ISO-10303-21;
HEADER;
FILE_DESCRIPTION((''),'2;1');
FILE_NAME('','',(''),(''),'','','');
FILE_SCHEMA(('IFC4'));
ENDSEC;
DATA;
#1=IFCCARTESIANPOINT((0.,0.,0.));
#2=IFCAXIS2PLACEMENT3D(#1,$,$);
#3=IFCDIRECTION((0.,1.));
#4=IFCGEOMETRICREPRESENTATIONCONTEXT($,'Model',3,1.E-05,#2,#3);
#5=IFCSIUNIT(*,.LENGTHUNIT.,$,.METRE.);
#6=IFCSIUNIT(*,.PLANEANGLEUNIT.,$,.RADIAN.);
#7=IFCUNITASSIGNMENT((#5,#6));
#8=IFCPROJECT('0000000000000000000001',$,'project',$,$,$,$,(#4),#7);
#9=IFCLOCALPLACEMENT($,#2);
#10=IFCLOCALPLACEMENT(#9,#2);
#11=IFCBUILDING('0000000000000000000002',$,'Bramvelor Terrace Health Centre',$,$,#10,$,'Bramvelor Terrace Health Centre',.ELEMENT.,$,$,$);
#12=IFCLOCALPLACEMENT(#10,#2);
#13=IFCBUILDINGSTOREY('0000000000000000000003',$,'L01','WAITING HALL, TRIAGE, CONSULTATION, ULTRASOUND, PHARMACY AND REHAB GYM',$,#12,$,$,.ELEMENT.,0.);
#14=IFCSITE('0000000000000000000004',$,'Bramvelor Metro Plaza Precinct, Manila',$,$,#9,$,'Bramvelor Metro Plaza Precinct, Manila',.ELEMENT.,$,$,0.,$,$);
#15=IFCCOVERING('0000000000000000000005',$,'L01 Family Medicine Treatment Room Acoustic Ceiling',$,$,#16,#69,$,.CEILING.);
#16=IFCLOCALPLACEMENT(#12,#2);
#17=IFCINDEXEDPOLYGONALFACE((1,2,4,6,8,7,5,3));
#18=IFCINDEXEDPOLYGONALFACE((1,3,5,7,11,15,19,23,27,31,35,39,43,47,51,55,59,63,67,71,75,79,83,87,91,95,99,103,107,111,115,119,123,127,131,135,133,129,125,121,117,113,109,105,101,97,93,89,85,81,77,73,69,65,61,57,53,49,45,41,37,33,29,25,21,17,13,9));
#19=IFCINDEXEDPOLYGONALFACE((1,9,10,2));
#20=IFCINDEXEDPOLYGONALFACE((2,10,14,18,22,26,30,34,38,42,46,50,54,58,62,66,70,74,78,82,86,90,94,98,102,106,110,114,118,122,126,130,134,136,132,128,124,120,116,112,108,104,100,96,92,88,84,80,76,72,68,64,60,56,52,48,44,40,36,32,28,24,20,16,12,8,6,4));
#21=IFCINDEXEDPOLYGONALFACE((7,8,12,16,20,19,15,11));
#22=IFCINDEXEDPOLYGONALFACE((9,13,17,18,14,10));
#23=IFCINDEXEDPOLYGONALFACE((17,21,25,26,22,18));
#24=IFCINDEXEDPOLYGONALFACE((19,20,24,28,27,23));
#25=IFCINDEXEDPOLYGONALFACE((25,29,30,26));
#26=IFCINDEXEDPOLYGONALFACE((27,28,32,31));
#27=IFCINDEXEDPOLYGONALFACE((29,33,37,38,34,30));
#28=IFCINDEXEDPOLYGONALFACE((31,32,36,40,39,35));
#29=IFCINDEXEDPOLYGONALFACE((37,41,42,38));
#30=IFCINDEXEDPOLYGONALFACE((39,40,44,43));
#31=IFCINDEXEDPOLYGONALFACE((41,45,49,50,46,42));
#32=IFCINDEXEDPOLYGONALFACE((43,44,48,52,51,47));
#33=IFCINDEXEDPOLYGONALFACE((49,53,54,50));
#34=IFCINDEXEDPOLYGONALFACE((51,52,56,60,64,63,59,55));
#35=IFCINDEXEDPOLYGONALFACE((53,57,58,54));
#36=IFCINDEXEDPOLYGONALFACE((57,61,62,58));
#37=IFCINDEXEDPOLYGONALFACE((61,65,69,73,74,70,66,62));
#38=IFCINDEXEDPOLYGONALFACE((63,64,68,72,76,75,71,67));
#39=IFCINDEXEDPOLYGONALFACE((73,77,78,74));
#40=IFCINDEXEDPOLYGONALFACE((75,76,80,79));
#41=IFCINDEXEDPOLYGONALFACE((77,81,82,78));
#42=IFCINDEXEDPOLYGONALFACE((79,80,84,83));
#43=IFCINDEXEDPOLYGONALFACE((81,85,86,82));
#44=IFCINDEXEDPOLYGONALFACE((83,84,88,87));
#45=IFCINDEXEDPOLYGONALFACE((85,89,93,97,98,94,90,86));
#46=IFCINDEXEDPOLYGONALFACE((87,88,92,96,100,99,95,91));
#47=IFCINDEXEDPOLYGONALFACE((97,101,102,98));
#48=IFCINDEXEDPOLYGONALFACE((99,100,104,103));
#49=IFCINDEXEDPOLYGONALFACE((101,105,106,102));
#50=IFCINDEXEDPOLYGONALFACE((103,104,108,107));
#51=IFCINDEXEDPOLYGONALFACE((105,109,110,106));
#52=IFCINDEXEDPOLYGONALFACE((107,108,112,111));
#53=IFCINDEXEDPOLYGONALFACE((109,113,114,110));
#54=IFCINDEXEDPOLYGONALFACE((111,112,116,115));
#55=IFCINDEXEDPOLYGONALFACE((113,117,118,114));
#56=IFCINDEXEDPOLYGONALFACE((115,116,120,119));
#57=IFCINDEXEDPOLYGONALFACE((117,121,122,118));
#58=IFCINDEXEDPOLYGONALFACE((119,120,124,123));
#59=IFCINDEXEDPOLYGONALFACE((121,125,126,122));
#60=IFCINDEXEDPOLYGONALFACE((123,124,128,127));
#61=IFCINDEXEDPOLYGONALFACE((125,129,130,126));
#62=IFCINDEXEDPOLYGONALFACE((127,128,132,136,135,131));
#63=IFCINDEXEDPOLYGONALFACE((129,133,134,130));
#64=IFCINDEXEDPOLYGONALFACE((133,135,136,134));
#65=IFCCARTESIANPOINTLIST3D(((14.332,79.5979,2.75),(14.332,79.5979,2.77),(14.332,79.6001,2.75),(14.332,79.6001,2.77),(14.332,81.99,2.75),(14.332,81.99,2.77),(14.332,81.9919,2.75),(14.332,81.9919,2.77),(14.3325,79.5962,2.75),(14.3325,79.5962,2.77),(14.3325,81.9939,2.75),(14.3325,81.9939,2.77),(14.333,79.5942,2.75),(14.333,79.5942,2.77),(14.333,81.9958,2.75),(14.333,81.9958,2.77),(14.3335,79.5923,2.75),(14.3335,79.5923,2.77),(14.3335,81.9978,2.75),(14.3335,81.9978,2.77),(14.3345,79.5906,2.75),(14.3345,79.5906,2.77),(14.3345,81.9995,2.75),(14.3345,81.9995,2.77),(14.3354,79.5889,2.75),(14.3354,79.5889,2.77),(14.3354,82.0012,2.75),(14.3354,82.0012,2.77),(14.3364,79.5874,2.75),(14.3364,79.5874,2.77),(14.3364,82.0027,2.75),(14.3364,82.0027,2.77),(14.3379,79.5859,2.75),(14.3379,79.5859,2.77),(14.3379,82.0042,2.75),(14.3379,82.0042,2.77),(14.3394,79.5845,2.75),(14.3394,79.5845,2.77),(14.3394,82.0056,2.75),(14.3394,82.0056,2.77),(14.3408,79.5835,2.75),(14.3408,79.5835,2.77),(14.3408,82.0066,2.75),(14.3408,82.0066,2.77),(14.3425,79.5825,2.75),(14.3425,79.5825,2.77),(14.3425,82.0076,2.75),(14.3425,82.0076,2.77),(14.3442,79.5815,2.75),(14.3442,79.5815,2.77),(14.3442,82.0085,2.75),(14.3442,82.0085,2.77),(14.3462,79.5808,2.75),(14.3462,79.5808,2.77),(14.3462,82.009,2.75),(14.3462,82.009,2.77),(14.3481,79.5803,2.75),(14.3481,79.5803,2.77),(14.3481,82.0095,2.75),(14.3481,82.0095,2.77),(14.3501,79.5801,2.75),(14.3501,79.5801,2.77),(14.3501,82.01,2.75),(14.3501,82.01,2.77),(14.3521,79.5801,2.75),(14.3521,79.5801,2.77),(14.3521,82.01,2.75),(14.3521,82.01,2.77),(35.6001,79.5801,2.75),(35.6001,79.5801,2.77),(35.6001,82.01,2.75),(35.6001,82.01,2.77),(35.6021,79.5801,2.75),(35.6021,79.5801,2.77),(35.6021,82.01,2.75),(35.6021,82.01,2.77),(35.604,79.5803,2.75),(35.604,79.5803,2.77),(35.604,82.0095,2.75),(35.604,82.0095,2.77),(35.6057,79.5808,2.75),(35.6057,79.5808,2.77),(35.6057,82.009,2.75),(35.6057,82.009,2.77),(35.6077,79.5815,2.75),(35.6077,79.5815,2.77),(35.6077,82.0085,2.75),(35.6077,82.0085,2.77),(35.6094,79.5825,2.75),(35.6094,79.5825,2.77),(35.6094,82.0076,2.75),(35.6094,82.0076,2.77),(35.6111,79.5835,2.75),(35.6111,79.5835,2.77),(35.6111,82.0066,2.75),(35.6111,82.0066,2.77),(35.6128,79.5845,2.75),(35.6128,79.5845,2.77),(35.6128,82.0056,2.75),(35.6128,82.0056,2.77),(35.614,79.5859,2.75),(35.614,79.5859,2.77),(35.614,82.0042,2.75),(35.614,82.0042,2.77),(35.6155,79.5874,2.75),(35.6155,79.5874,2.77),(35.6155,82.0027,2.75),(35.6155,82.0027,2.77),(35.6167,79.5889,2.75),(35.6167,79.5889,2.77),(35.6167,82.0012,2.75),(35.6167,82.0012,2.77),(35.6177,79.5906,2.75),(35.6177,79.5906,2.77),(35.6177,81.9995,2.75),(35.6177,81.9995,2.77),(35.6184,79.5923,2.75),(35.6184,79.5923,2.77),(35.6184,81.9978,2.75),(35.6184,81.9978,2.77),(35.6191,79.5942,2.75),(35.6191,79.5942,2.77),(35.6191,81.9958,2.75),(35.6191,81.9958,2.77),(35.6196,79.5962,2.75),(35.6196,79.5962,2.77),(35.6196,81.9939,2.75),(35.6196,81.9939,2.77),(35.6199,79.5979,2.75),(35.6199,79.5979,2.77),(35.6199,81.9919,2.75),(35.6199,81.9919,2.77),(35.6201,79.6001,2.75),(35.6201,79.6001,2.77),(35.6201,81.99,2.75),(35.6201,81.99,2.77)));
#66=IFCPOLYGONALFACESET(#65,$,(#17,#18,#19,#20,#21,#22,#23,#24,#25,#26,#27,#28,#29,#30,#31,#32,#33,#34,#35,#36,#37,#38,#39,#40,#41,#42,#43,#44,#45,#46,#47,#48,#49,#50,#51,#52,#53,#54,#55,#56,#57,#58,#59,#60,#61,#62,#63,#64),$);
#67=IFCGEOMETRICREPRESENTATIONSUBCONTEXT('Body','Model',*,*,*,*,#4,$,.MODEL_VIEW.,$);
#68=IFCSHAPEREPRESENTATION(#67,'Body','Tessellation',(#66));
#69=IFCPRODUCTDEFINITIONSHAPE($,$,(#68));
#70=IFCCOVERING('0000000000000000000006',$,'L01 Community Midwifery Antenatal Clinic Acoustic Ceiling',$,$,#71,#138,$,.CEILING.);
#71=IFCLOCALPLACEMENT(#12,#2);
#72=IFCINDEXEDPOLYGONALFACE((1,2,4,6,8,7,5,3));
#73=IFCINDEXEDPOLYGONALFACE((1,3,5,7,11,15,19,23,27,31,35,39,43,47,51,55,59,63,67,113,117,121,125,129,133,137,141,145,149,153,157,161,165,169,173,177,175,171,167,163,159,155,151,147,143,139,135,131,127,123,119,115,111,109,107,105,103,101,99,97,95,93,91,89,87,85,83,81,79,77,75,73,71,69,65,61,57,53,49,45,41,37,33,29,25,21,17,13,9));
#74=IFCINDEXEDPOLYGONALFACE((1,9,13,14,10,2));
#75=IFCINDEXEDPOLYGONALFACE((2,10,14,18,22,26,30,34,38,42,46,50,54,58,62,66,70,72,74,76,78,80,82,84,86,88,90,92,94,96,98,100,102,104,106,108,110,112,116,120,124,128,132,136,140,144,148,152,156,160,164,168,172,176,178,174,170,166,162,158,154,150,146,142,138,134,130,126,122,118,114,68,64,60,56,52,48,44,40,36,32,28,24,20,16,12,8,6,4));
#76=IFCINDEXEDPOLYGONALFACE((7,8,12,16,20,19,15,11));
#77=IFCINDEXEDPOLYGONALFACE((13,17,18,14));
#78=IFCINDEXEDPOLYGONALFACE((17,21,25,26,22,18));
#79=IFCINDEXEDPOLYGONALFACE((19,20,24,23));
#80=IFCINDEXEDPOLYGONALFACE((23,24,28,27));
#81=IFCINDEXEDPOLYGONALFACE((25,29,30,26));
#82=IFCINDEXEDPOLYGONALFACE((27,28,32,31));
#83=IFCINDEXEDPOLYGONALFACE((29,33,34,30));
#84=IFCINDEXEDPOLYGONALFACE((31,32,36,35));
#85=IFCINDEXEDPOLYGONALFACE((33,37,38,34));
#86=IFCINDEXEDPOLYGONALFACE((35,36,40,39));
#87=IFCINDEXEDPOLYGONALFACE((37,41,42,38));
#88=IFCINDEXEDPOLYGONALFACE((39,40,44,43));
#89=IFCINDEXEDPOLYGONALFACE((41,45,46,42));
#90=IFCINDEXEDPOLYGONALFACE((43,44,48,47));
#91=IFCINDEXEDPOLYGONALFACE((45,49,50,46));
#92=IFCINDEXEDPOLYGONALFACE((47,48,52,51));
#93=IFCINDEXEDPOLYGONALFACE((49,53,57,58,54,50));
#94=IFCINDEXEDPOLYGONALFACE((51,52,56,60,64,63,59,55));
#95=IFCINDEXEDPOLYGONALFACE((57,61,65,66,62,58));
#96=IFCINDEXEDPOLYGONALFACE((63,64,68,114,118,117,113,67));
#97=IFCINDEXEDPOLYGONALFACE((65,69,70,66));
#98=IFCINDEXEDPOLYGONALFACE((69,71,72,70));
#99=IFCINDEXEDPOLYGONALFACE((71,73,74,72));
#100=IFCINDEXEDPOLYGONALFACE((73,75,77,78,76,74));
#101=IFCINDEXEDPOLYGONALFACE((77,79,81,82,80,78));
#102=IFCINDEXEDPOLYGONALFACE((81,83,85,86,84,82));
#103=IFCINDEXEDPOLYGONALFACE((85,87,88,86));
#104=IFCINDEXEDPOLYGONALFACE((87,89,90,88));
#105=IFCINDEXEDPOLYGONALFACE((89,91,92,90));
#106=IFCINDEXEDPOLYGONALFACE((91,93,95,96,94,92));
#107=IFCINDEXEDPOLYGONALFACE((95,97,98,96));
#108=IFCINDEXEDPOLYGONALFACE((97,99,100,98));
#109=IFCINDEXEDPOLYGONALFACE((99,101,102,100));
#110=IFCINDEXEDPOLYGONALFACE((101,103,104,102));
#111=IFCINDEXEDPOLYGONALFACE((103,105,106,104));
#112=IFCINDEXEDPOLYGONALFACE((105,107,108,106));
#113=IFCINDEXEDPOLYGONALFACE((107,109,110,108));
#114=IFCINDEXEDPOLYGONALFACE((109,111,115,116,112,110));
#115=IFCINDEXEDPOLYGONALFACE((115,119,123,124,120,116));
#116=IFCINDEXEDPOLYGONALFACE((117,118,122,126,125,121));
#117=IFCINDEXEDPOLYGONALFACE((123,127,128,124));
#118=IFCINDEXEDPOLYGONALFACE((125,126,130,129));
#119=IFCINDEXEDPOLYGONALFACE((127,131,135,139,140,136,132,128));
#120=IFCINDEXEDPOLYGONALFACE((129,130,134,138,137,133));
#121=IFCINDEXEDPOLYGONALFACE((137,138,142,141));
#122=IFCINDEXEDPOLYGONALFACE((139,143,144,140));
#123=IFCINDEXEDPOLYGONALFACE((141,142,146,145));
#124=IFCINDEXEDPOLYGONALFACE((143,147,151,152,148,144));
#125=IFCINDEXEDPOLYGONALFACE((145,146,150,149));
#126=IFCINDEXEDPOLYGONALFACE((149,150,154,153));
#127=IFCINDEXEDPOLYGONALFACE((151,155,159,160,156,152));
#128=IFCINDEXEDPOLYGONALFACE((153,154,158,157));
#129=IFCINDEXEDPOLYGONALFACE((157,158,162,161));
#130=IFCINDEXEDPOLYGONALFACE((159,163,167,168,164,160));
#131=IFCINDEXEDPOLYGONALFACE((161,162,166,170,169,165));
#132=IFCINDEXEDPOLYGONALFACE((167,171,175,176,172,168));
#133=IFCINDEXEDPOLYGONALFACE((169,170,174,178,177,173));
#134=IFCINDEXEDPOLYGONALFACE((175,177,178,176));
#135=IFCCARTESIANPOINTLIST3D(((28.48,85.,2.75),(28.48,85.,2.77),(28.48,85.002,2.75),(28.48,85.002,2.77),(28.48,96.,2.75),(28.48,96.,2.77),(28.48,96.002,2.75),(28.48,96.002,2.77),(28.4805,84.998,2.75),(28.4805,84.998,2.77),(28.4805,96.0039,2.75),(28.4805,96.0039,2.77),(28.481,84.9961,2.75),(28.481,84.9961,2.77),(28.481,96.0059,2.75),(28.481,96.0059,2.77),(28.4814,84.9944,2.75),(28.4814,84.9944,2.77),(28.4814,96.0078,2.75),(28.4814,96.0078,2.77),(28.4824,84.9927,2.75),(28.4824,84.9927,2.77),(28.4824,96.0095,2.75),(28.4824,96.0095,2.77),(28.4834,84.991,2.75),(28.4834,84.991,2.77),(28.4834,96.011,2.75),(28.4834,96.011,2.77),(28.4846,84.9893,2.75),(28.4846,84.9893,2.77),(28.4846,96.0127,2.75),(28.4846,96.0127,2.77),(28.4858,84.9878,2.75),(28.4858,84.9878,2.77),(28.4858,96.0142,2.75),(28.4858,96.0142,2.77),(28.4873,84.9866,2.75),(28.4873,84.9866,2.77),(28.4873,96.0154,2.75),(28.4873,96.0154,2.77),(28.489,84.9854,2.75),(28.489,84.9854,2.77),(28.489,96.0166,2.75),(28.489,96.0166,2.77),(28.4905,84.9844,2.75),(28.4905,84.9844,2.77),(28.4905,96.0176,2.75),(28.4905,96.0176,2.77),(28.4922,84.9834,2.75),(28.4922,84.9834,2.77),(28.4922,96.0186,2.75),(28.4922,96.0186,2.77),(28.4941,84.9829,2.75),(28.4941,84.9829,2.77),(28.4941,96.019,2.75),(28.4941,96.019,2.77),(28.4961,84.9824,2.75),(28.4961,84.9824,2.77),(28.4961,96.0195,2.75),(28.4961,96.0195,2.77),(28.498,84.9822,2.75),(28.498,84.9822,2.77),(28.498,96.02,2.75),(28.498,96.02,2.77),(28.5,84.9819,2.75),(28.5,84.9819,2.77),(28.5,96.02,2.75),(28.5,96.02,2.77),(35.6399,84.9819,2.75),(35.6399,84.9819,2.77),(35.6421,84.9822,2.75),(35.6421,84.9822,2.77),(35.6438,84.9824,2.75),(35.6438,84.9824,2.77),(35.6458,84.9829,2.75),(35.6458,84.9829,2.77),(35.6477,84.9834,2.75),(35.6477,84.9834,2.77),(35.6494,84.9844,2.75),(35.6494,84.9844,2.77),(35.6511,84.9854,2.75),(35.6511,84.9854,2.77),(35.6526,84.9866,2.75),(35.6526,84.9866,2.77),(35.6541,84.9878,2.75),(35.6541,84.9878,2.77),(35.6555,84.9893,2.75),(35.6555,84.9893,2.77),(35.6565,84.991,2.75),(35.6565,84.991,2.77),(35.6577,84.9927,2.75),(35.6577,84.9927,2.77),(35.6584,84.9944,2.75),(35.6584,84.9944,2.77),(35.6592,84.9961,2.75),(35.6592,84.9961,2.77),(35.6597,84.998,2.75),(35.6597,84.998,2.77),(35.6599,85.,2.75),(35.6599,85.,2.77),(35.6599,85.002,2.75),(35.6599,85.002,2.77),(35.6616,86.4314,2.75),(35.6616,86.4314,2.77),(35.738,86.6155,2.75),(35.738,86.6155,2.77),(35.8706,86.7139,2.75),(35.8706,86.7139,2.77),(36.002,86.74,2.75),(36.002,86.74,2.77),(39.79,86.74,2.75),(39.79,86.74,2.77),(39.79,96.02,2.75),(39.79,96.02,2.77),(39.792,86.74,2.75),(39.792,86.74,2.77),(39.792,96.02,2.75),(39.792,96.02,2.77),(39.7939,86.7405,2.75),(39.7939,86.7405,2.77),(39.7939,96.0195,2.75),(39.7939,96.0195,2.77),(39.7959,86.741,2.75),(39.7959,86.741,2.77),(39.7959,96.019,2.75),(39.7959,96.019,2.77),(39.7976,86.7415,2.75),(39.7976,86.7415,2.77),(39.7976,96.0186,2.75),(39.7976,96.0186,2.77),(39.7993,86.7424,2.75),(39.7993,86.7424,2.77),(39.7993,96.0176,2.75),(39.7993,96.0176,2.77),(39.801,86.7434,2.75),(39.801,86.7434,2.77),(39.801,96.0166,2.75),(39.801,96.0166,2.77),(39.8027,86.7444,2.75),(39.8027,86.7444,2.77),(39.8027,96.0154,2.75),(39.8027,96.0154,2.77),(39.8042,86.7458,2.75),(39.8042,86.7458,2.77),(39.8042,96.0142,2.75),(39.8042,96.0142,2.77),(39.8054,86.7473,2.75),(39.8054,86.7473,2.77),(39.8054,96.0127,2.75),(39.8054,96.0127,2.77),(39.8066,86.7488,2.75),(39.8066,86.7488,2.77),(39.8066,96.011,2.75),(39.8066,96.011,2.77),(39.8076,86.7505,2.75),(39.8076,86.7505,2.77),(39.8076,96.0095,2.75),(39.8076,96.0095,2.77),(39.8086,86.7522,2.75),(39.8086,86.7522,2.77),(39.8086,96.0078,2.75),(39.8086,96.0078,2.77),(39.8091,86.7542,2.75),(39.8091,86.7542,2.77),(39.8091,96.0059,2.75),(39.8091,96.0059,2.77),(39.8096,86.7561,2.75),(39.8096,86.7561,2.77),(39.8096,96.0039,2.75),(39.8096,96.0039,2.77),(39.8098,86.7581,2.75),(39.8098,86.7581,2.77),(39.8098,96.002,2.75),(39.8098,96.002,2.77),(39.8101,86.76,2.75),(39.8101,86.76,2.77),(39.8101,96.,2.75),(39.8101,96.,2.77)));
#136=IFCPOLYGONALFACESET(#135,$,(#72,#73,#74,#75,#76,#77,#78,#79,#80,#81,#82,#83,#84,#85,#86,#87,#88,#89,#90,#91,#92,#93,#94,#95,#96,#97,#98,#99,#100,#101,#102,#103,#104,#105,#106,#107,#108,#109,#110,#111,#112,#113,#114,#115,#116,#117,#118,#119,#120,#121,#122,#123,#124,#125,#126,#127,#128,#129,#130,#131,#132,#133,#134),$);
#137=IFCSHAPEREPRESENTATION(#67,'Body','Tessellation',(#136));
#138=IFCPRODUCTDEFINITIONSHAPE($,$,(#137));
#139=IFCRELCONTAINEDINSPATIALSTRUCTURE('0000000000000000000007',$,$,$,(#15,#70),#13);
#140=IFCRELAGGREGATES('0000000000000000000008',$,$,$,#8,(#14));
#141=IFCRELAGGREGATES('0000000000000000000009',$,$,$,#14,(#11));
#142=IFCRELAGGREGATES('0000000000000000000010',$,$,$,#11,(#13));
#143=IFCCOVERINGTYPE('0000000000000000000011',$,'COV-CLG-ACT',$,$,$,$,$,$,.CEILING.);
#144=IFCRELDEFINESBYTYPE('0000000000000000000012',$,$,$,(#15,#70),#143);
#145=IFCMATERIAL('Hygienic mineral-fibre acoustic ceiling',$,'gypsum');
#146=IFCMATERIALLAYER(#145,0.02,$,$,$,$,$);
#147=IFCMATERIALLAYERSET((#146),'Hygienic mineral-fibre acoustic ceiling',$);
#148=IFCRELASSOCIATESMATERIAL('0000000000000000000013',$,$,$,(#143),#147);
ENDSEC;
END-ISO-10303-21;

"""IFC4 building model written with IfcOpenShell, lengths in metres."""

from ifc_helpers import new_model, si_unit, direction, frame, origin, place, context, subcontext, project, spatial, polyline, outline, extrude, material, layer, layer_set, type_object, element, save


model = new_model("IFC4")

# Units and contexts
model_context = context("Model", 3, precision=1e-05, world=origin(), true_north=direction((0.0, 1.0)))
body_context = subcontext(model_context, "Body", "Model", "MODEL_VIEW")
ifc_project = project(units=[si_unit("LENGTHUNIT", "METRE"), si_unit("PLANEANGLEUNIT", "RADIAN")], contexts=[model_context])

# Site, building, storey
site_placement = place(None, origin())
site = spatial("IfcSite", under=ifc_project, at=site_placement, Name="Bramvelor Metro Plaza Precinct, Manila", LongName="Bramvelor Metro Plaza Precinct, Manila", CompositionType="ELEMENT", RefElevation=0.0)
building_placement = place(site_placement, origin())
building = spatial("IfcBuilding", under=site, at=building_placement, Name="Bramvelor Terrace Health Centre", LongName="Bramvelor Terrace Health Centre", CompositionType="ELEMENT")
storey_placement = place(building_placement, origin())
storey = spatial("IfcBuildingStorey", under=building, at=storey_placement, Name="L01", Description="WAITING HALL, TRIAGE, CONSULTATION, ULTRASOUND, PHARMACY AND REHAB GYM", CompositionType="ELEMENT", Elevation=0.0)

# Coverings
ifc_material_1 = material(Name="Hygienic mineral-fibre acoustic ceiling", Category="gypsum")
ifc_layer_1 = layer(ifc_material_1, 0.02)
ifc_layer_set_1 = layer_set([ifc_layer_1], Name="Hygienic mineral-fibre acoustic ceiling")
covering_type_1 = type_object("IfcCoveringType", Name="COV-CLG-ACT", PredefinedType="CEILING", material=ifc_layer_set_1)
covering_1_placement = place(storey_placement, frame((0.0, 0.0, 2.75)))
element("IfcCovering", 1, at=covering_1_placement, inside=storey, type_object=covering_type_1, Name="L01 Family Medicine Treatment Room Acoustic Ceiling", PredefinedType="CEILING", context=body_context, shape_type="SweptSolid", body=[
    extrude(outline(polyline([(35.6001, 82.01), (35.6021, 82.01), (35.604, 82.0095), (35.6057, 82.009), (35.6077, 82.0085), (35.6094, 82.0076), (35.6111, 82.0066), (35.6128, 82.0056), (35.614, 82.0042), (35.6155, 82.0027), (35.6167, 82.0012), (35.6177, 81.9995), (35.6184, 81.9978), (35.6191, 81.9958), (35.6196, 81.9939), (35.6199, 81.9919), (35.6201, 81.99), (35.6201, 79.6001), (35.6199, 79.5979), (35.6196, 79.5962), (35.6191, 79.5942), (35.6184, 79.5923), (35.6177, 79.5906), (35.6167, 79.5889), (35.6155, 79.5874), (35.614, 79.5859), (35.6128, 79.5845), (35.6111, 79.5835), (35.6094, 79.5825), (35.6077, 79.5815), (35.6057, 79.5808), (35.604, 79.5803), (35.6021, 79.5801), (35.6001, 79.5801), (14.3521, 79.5801), (14.3501, 79.5801), (14.3481, 79.5803), (14.3462, 79.5808), (14.3442, 79.5815), (14.3425, 79.5825), (14.3408, 79.5835), (14.3394, 79.5845), (14.3379, 79.5859), (14.3364, 79.5874), (14.3354, 79.5889), (14.3345, 79.5906), (14.3335, 79.5923), (14.333, 79.5942), (14.3325, 79.5962), (14.332, 79.5979), (14.332, 79.6001), (14.332, 81.99), (14.332, 81.9919), (14.3325, 81.9939), (14.333, 81.9958), (14.3335, 81.9978), (14.3345, 81.9995), (14.3354, 82.0012), (14.3364, 82.0027), (14.3379, 82.0042), (14.3394, 82.0056), (14.3408, 82.0066), (14.3425, 82.0076), (14.3442, 82.0085), (14.3462, 82.009), (14.3481, 82.0095), (14.3501, 82.01), (14.3521, 82.01), (35.6001, 82.01)])), origin(), (0.0, 0.0, 1.0), 0.02),
])
covering_2_placement = place(storey_placement, frame((0.0, 0.0, 2.75)))
element("IfcCovering", 2, at=covering_2_placement, inside=storey, type_object=covering_type_1, Name="L01 Community Midwifery Antenatal Clinic Acoustic Ceiling", PredefinedType="CEILING", context=body_context, shape_type="SweptSolid", body=[
    extrude(outline(polyline([(28.48, 96.0), (28.48, 96.002), (28.4805, 96.0039), (28.481, 96.0059), (28.4814, 96.0078), (28.4824, 96.0095), (28.4834, 96.011), (28.4846, 96.0127), (28.4858, 96.0142), (28.4873, 96.0154), (28.489, 96.0166), (28.4905, 96.0176), (28.4922, 96.0186), (28.4941, 96.019), (28.4961, 96.0195), (28.498, 96.02), (28.5, 96.02), (39.79, 96.02), (39.792, 96.02), (39.7939, 96.0195), (39.7959, 96.019), (39.7976, 96.0186), (39.7993, 96.0176), (39.801, 96.0166), (39.8027, 96.0154), (39.8042, 96.0142), (39.8054, 96.0127), (39.8066, 96.011), (39.8076, 96.0095), (39.8086, 96.0078), (39.8091, 96.0059), (39.8096, 96.0039), (39.8098, 96.002), (39.8101, 96.0), (39.8101, 86.76), (39.8098, 86.7581), (39.8096, 86.7561), (39.8091, 86.7542), (39.8086, 86.7522), (39.8076, 86.7505), (39.8066, 86.7488), (39.8054, 86.7473), (39.8042, 86.7458), (39.8027, 86.7444), (39.801, 86.7434), (39.7993, 86.7424), (39.7976, 86.7415), (39.7959, 86.741), (39.7939, 86.7405), (39.792, 86.74), (39.79, 86.74), (36.002, 86.74), (35.8706, 86.7139), (35.738, 86.6155), (35.6616, 86.4314), (35.6599, 85.002), (35.6599, 85.0), (35.6597, 84.998), (35.6592, 84.9961), (35.6584, 84.9944), (35.6577, 84.9927), (35.6565, 84.991), (35.6555, 84.9893), (35.6541, 84.9878), (35.6526, 84.9866), (35.6511, 84.9854), (35.6494, 84.9844), (35.6477, 84.9834), (35.6458, 84.9829), (35.6438, 84.9824), (35.6421, 84.9822), (35.6399, 84.9819), (28.5, 84.9819), (28.498, 84.9822), (28.4961, 84.9824), (28.4941, 84.9829), (28.4922, 84.9834), (28.4905, 84.9844), (28.489, 84.9854), (28.4873, 84.9866), (28.4858, 84.9878), (28.4846, 84.9893), (28.4834, 84.991), (28.4824, 84.9927), (28.4814, 84.9944), (28.481, 84.9961), (28.4805, 84.998), (28.48, 85.0), (28.48, 85.002), (28.48, 96.0)])), origin(), (0.0, 0.0, 1.0), 0.02),
])

save(model, "model.ifc")
